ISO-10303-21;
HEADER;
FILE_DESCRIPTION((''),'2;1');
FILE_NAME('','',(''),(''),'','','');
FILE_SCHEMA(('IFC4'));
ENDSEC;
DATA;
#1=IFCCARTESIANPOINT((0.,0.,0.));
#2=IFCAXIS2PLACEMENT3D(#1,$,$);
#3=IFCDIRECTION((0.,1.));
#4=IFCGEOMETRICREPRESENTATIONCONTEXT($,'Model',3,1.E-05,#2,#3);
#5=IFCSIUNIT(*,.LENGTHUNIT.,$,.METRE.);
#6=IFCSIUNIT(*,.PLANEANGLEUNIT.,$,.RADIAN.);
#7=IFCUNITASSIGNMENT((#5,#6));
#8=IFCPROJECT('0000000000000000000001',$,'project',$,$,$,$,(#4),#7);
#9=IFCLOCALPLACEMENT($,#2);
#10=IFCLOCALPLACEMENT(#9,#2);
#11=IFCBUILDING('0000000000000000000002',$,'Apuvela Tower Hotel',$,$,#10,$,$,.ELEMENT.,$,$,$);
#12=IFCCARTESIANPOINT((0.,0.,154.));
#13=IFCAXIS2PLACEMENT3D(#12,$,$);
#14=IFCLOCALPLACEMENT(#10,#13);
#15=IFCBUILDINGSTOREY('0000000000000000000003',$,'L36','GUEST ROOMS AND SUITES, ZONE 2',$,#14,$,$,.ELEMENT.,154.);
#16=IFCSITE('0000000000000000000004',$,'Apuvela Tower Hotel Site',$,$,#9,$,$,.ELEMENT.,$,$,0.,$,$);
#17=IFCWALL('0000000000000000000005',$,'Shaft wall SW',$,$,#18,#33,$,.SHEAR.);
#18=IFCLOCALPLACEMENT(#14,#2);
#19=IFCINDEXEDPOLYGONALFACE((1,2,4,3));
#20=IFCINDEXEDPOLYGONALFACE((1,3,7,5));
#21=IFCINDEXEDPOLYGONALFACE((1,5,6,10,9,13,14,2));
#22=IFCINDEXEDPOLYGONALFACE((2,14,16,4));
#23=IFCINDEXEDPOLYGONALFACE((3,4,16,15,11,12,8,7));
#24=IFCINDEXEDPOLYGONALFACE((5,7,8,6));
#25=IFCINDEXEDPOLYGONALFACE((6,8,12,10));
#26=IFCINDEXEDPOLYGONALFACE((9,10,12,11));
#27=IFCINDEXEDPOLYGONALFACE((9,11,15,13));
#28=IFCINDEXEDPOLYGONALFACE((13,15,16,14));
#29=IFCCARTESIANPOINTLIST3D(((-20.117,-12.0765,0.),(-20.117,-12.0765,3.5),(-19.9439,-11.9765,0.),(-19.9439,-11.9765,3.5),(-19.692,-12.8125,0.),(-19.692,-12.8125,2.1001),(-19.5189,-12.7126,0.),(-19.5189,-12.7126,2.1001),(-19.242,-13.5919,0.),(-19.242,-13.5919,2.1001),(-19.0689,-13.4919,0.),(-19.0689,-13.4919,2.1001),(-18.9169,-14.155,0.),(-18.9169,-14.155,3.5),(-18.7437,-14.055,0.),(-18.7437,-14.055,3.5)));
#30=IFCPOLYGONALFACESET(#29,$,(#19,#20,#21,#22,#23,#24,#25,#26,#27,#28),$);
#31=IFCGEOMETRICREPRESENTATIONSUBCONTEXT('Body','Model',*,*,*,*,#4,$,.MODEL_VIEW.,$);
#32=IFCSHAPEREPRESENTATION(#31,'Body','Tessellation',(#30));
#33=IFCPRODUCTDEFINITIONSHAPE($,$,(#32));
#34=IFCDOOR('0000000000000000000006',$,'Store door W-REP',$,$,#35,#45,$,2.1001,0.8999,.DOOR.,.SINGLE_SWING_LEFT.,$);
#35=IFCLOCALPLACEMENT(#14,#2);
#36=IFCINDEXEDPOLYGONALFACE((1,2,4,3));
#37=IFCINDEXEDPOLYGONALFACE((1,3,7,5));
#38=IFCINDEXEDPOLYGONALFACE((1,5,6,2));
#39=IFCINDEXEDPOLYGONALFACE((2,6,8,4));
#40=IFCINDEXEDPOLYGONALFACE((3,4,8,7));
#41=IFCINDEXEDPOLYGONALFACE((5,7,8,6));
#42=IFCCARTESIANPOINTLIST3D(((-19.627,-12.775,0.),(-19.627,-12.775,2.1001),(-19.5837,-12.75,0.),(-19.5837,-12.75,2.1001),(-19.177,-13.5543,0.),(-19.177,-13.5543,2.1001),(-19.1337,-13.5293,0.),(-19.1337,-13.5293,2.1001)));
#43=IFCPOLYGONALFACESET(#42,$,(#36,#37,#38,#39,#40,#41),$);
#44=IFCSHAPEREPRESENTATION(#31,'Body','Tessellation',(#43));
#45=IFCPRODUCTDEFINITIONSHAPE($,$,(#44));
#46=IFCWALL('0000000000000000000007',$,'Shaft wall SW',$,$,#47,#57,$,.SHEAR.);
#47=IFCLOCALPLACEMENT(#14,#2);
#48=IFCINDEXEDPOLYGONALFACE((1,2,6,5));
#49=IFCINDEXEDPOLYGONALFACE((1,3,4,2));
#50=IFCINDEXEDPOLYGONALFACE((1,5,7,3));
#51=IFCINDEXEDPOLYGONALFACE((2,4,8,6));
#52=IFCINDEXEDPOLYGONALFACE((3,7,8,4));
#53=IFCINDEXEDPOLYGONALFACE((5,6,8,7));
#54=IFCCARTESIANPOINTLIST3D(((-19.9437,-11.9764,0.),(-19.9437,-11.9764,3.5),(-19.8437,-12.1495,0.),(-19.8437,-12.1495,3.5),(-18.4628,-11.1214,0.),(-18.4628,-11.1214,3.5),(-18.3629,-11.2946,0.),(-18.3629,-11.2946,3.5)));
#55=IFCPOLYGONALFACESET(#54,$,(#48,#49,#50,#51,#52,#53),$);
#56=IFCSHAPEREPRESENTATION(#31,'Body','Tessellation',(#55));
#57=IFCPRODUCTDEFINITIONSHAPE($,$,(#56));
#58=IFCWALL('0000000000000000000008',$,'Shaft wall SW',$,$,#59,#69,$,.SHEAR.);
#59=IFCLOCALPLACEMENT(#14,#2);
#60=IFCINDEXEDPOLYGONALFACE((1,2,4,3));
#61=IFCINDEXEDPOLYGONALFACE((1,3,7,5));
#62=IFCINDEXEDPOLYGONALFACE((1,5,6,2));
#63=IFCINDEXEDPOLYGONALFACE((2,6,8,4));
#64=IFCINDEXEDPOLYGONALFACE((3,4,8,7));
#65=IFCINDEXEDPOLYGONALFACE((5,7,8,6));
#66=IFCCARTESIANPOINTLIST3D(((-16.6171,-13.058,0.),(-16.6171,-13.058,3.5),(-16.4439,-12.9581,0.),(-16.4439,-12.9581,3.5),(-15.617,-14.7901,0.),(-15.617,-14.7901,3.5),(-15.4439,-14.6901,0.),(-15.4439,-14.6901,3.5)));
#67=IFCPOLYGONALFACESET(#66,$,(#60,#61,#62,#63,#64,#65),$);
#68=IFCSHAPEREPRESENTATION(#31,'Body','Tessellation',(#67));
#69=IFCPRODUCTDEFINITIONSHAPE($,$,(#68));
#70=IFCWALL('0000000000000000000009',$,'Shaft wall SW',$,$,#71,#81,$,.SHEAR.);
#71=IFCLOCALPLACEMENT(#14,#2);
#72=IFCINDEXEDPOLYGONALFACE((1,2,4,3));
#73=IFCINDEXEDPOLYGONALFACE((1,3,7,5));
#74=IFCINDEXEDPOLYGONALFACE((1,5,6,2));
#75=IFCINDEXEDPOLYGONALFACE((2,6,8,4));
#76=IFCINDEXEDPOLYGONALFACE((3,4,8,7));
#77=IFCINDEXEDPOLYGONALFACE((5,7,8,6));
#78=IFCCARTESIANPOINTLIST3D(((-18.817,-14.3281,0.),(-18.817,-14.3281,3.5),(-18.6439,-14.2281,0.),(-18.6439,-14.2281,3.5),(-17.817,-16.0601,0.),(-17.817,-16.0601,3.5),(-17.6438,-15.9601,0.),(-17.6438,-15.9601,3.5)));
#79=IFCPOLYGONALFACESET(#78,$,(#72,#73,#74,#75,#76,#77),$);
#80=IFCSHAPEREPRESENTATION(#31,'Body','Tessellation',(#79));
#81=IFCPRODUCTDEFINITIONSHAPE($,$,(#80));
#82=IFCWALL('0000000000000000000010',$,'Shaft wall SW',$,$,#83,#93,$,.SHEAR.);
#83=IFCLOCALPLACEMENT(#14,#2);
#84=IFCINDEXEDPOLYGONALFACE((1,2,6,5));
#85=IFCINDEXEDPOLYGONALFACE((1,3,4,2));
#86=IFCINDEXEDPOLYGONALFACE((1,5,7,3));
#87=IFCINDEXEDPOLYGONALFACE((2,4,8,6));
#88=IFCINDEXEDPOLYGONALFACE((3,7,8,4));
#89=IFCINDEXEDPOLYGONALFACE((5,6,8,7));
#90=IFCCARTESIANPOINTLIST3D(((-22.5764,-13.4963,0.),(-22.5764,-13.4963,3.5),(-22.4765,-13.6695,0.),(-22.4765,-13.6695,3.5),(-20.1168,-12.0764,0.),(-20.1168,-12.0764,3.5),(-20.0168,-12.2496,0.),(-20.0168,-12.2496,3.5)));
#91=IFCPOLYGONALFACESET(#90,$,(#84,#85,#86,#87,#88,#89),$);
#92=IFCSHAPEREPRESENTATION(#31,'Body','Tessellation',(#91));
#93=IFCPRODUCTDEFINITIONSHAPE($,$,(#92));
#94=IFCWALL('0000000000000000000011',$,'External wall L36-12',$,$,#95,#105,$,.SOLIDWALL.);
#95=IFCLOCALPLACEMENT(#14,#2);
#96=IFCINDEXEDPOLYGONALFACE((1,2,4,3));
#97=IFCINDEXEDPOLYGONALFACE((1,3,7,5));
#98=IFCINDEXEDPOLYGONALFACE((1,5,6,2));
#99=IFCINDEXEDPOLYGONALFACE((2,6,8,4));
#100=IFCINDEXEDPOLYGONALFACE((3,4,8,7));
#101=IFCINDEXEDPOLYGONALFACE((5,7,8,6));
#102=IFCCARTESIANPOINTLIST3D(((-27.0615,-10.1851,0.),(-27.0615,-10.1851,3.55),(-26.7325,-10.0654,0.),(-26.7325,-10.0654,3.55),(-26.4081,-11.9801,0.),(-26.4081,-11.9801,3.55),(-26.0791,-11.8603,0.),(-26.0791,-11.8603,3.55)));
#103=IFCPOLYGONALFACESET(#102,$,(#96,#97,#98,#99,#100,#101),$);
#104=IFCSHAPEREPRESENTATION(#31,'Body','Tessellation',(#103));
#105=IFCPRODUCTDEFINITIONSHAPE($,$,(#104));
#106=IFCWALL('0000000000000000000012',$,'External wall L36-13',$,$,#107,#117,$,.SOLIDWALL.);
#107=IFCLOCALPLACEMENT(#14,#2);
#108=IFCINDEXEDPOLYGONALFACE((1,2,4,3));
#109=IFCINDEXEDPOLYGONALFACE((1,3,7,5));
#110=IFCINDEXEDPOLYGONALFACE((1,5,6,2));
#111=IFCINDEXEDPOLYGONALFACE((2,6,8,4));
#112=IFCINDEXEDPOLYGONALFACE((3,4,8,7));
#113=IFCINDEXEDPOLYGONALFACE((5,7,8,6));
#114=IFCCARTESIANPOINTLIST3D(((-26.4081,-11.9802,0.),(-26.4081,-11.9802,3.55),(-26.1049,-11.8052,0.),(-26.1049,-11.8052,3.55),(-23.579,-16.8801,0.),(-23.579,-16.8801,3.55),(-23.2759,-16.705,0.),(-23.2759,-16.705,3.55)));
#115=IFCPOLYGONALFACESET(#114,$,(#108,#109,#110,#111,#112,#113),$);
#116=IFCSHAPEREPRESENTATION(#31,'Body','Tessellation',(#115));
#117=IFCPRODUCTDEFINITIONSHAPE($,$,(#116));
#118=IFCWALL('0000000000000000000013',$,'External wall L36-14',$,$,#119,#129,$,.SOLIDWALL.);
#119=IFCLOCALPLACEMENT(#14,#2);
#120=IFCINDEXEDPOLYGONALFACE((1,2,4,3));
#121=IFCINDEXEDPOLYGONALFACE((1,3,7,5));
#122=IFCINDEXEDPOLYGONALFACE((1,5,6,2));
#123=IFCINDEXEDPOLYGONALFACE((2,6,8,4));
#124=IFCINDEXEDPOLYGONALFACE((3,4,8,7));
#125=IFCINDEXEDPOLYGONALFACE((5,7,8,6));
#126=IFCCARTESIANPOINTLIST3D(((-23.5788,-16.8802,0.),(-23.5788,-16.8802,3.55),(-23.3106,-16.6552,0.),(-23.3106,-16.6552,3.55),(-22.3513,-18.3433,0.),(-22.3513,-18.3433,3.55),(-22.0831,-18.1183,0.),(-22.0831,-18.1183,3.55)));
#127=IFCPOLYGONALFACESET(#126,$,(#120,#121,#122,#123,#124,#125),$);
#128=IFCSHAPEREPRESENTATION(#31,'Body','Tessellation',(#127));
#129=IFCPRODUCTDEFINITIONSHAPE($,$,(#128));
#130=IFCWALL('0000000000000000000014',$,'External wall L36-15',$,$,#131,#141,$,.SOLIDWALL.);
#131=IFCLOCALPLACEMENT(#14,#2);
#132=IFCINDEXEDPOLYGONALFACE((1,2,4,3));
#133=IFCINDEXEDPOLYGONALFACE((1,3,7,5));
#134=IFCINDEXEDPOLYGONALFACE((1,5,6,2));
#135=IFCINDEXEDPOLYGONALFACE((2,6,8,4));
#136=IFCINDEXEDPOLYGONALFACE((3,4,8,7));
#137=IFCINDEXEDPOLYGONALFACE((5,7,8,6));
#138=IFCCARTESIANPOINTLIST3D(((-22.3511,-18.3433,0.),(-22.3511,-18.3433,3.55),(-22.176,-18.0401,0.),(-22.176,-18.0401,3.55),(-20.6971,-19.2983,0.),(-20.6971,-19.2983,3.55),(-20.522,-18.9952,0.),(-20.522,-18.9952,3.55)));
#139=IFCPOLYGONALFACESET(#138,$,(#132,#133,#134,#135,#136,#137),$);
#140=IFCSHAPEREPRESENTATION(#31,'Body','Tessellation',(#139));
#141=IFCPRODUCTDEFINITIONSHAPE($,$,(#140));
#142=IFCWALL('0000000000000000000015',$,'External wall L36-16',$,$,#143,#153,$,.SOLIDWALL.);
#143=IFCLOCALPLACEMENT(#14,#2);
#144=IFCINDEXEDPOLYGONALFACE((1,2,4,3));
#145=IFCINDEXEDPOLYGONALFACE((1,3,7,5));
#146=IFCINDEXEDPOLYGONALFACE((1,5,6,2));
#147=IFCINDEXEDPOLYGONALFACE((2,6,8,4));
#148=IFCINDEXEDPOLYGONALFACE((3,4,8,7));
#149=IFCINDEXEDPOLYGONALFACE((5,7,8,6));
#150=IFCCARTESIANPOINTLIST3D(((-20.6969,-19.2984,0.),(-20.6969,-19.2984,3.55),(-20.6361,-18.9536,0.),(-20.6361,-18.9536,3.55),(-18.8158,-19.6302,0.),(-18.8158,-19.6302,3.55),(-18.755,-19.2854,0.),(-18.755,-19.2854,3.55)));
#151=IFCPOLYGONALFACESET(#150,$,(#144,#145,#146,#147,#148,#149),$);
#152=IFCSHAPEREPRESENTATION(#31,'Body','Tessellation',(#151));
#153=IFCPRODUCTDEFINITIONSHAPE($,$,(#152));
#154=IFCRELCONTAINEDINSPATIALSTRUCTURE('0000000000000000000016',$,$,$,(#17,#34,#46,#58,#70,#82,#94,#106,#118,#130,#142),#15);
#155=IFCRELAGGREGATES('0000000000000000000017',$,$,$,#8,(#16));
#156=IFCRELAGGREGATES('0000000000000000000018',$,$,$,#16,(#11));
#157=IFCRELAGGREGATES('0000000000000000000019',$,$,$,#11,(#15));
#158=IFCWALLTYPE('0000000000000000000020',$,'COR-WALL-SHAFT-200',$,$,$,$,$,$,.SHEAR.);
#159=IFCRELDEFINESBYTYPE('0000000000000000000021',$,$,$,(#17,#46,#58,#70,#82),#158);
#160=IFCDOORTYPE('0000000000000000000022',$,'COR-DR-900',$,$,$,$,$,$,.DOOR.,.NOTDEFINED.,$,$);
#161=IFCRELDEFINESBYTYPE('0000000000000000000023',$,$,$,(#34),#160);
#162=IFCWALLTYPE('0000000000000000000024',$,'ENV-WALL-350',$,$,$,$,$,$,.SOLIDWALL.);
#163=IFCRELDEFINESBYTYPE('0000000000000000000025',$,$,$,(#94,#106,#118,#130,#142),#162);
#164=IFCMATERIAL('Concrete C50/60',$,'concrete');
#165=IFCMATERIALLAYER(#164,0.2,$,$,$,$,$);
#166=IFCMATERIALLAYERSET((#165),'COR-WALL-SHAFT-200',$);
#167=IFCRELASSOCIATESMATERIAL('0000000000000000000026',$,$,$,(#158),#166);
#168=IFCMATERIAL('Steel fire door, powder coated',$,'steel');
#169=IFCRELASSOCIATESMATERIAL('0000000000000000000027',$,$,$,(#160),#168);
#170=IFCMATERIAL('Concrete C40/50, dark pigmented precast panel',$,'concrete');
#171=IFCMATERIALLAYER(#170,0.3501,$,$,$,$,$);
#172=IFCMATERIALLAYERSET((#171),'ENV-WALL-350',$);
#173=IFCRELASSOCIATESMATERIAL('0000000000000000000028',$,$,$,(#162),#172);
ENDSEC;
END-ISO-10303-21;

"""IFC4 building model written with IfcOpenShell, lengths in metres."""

from ifc_helpers import new_model, si_unit, direction, frame, frame_2d, origin, place, context, subcontext, project, spatial, rectangle, extrude, material, layer, layer_set, type_object, element, fill, save


model = new_model("IFC4")

# Units and contexts
model_context = context("Model", 3, precision=1e-05, world=origin(), true_north=direction((0.0, 1.0)))
body_context = subcontext(model_context, "Body", "Model", "MODEL_VIEW")
ifc_project = project(units=[si_unit("LENGTHUNIT", "METRE"), si_unit("PLANEANGLEUNIT", "RADIAN")], contexts=[model_context])

# Site, building, storey
site_placement = place(None, origin())
site = spatial("IfcSite", under=ifc_project, at=site_placement, Name="Apuvela Tower Hotel Site", CompositionType="ELEMENT", RefElevation=0.0)
building_placement = place(site_placement, origin())
building = spatial("IfcBuilding", under=site, at=building_placement, Name="Apuvela Tower Hotel", CompositionType="ELEMENT")
storey_placement = place(building_placement, frame((0.0, 0.0, 154.0)))
storey = spatial("IfcBuildingStorey", under=building, at=storey_placement, Name="L36", Description="GUEST ROOMS AND SUITES, ZONE 2", CompositionType="ELEMENT", Elevation=154.0)

# Wall, opening, door
ifc_material_1 = material(Name="Concrete C50/60", Category="concrete")
ifc_layer_1 = layer(ifc_material_1, 0.2)
ifc_layer_set_1 = layer_set([ifc_layer_1], Name="COR-WALL-SHAFT-200")
wall_type_1 = type_object("IfcWallType", Name="COR-WALL-SHAFT-200", PredefinedType="SHEAR", material=ifc_layer_set_1)
wall_1_placement = place(storey_placement, frame((-20.0305, -12.0264, 0.0), z_axis=(0.0, 0.0, 1.0), x_axis=(0.500034, -0.866006, 0.0)))
wall_1 = element("IfcWall", 1, at=wall_1_placement, inside=storey, type_object=wall_type_1, Name="Shaft wall SW", PredefinedType="SHEAR", context=body_context, shape_type="SweptSolid", body=[
    extrude(rectangle(XDim=2.4001, YDim=0.2, at=frame_2d((1.2002, 0.0))), origin(), (0.0, 0.0, 1.0), 3.5),
])
opening_1_placement = place(wall_1_placement, frame((0.8501, 0.0, 0.0)))
opening_1 = element("IfcOpeningElement", 2, at=opening_1_placement, cuts=wall_1, PredefinedType="OPENING", context=body_context, shape_type="SweptSolid", body=[
    extrude(rectangle(XDim=0.8999, YDim=2.1001, at=frame_2d((0.45, 1.05))), frame((0.0, 0.1099, 0.0), z_axis=(0.0, -1.0, 0.0), x_axis=(1.0, 0.0, 0.0)), (0.0, 0.0, 1.0), 0.22),
])
ifc_material_2 = material(Name="Steel fire door, powder coated", Category="steel")
door_type_1 = type_object("IfcDoorType", Name="COR-DR-900", OperationType="NOTDEFINED", PredefinedType="DOOR", material=ifc_material_2)
door_1_placement = place(opening_1_placement, frame((0.8999, 0.0, 0.0), z_axis=(0.0, 0.0, 1.0), x_axis=(-1.0, 0.0, 0.0)))
door_1 = element("IfcDoor", 3, at=door_1_placement, inside=storey, type_object=door_type_1, Name="Store door W-REP", OperationType="SINGLE_SWING_LEFT", OverallHeight=2.1001, OverallWidth=0.8999, PredefinedType="DOOR", context=body_context, shape_type="SweptSolid", body=[
    extrude(rectangle(XDim=0.8999, YDim=2.1001, at=frame_2d((0.45, 1.05))), frame((0.0, 0.0249, 0.0), z_axis=(0.0, -1.0, 0.0), x_axis=(1.0, 0.0, 0.0)), (0.0, 0.0, 1.0), 0.05),
])
fill(opening_1, door_1)

# Walls
wall_2_placement = place(storey_placement, frame((-18.4128, -11.208, 0.0), z_axis=(0.0, 0.0, 1.0), x_axis=(-0.866038, -0.499978, 0.0)))
element("IfcWall", 4, at=wall_2_placement, inside=storey, type_object=wall_type_1, Name="Shaft wall SW", PredefinedType="SHEAR", context=body_context, shape_type="SweptSolid", body=[
    extrude(rectangle(XDim=1.71, YDim=0.2, at=frame_2d((0.855, 0.0))), origin(), (0.0, 0.0, 1.0), 3.5),
])
for number, where, z_axis, x_axis, name in (
    (5, (-16.5305, -13.0081, 0.0), (0.0, 0.0, 1.0), (0.500025, -0.866011, 0.0), "Shaft wall SW"),
    (6, (-18.7305, -14.2781, 0.0), (0.0, 0.0, 1.0), (0.500025, -0.866011, 0.0), "Shaft wall SW"),
):
    element("IfcWall", number, at=place(storey_placement, frame(where, z_axis=z_axis, x_axis=x_axis)), inside=storey, type_object=wall_type_1, Name=name, PredefinedType="SHEAR", context=body_context, shape_type="SweptSolid", body=[
        extrude(rectangle(XDim=2.0, YDim=0.2, at=frame_2d((1.0, 0.0))), origin(), (0.0, 0.0, 1.0), 3.5),
    ])
wall_3_placement = place(storey_placement, frame((-20.0669, -12.1631, 0.0), z_axis=(0.0, 0.0, 1.0), x_axis=(-0.866055, -0.499948, 0.0)))
element("IfcWall", 7, at=wall_3_placement, inside=storey, type_object=wall_type_1, Name="Shaft wall SW", PredefinedType="SHEAR", context=body_context, shape_type="SweptSolid", body=[
    extrude(rectangle(XDim=2.8401, YDim=0.2, at=frame_2d((1.4199, 0.0))), origin(), (0.0, 0.0, 1.0), 3.5),
])
ifc_material_3 = material(Name="Concrete C40/50, dark pigmented precast panel", Category="concrete")
ifc_layer_2 = layer(ifc_material_3, 0.3501)
ifc_layer_set_2 = layer_set([ifc_layer_2], Name="ENV-WALL-350")
wall_type_2 = type_object("IfcWallType", Name="ENV-WALL-350", PredefinedType="SOLIDWALL", material=ifc_layer_set_2)
wall_4_placement = place(storey_placement, frame((-26.897, -10.1252, 0.0), z_axis=(0.0, 0.0, 1.0), x_axis=(0.34203, -0.939689, 0.0)))
element("IfcWall", 8, at=wall_4_placement, inside=storey, type_object=wall_type_2, Name="External wall L36-12", PredefinedType="SOLIDWALL", context=body_context, shape_type="SweptSolid", body=[
    extrude(rectangle(XDim=1.9102, YDim=0.3501, at=frame_2d((0.9551, 0.0))), origin(), (0.0, 0.0, 1.0), 3.55),
])
wall_5_placement = place(storey_placement, frame((-26.2566, -11.8926, 0.0), z_axis=(0.0, 0.0, 1.0), x_axis=(0.500019, -0.866015, 0.0)))
element("IfcWall", 9, at=wall_5_placement, inside=storey, type_object=wall_type_2, Name="External wall L36-13", PredefinedType="SOLIDWALL", context=body_context, shape_type="SweptSolid", body=[
    extrude(rectangle(XDim=5.658, YDim=0.3501, at=frame_2d((2.8291, 0.0))), origin(), (0.0, 0.0, 1.0), 3.55),
])
for number, where, z_axis, x_axis, name in (
    (10, (-23.4448, -16.7676, 0.0), (0.0, 0.0, 1.0), (0.642733, -0.76609, 0.0), "External wall L36-14"),
    (11, (-22.2637, -18.1917, 0.0), (0.0, 0.0, 1.0), (0.866, -0.500043, 0.0), "External wall L36-15"),
):
    element("IfcWall", number, at=place(storey_placement, frame(where, z_axis=z_axis, x_axis=x_axis)), inside=storey, type_object=wall_type_2, Name=name, PredefinedType="SOLIDWALL", context=body_context, shape_type="SweptSolid", body=[
        extrude(rectangle(XDim=1.9099, YDim=0.3501, at=frame_2d((0.9551, 0.0))), origin(), (0.0, 0.0, 1.0), 3.55),
    ])
wall_6_placement = place(storey_placement, frame((-20.6665, -19.126, 0.0), z_axis=(0.0, 0.0, 1.0), x_axis=(0.984799, -0.173698, 0.0)))
element("IfcWall", 12, at=wall_6_placement, inside=storey, type_object=wall_type_2, Name="External wall L36-16", PredefinedType="SOLIDWALL", context=body_context, shape_type="SweptSolid", body=[
    extrude(rectangle(XDim=1.9102, YDim=0.3501, at=frame_2d((0.9551, 0.0))), origin(), (0.0, 0.0, 1.0), 3.55),
])

save(model, "model.ifc")
